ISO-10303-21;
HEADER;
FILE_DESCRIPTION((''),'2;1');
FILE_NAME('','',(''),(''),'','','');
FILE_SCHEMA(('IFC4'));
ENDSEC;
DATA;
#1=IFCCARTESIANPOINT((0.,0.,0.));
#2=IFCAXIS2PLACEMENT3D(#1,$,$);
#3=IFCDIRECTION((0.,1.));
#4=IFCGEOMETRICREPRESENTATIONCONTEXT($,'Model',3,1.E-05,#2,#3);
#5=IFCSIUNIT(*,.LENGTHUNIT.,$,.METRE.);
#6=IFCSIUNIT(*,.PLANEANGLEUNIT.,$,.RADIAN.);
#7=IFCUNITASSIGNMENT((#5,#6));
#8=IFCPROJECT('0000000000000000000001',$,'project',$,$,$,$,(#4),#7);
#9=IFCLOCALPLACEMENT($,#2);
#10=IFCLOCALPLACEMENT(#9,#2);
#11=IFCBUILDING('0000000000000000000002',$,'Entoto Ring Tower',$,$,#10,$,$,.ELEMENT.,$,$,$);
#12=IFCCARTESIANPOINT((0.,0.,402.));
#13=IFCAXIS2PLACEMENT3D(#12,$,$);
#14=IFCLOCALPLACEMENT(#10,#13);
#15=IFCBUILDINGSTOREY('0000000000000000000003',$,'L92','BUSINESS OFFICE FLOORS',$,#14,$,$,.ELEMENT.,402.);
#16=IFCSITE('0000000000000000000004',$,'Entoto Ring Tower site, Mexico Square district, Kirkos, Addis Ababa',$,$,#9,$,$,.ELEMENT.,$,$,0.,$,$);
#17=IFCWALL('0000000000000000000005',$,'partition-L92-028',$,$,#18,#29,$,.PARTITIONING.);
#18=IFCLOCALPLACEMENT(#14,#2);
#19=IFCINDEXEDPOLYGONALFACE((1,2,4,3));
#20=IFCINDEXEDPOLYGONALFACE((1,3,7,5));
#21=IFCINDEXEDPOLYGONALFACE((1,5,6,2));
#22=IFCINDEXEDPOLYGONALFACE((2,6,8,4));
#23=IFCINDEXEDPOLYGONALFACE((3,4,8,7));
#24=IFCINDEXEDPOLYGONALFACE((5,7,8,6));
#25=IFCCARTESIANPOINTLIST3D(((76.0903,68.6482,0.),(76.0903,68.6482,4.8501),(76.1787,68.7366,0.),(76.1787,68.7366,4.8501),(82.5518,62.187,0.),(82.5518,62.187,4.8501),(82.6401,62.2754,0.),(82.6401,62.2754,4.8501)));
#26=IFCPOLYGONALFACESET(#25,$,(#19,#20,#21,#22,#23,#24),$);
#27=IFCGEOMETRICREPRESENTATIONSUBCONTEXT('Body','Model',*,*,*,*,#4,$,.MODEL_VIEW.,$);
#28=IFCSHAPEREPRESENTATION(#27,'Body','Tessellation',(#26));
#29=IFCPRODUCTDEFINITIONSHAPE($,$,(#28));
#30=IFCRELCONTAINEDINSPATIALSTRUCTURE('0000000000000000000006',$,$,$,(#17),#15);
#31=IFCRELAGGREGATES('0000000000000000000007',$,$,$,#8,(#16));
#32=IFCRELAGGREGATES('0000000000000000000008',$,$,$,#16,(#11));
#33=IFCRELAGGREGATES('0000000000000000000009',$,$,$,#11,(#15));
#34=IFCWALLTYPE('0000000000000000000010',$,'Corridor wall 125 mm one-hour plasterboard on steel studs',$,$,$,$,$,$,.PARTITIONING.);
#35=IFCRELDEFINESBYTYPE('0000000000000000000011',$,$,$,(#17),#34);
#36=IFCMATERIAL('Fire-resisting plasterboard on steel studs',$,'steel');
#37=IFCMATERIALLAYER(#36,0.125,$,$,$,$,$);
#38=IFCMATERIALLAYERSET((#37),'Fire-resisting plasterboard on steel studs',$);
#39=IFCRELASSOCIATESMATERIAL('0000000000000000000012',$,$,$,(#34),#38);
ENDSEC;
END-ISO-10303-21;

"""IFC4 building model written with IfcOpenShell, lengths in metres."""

from ifc_helpers import new_model, si_unit, direction, frame, frame_2d, origin, place, context, subcontext, project, spatial, rectangle, extrude, material, layer, layer_set, type_object, element, save


model = new_model("IFC4")

# Units and contexts
model_context = context("Model", 3, precision=1e-05, world=origin(), true_north=direction((0.0, 1.0)))
body_context = subcontext(model_context, "Body", "Model", "MODEL_VIEW")
ifc_project = project(units=[si_unit("LENGTHUNIT", "METRE"), si_unit("PLANEANGLEUNIT", "RADIAN")], contexts=[model_context])

# Site, building, storey
site_placement = place(None, origin())
site = spatial("IfcSite", under=ifc_project, at=site_placement, Name="Entoto Ring Tower site, Mexico Square district, Kirkos, Addis Ababa", CompositionType="ELEMENT", RefElevation=0.0)
building_placement = place(site_placement, origin())
building = spatial("IfcBuilding", under=site, at=building_placement, Name="Entoto Ring Tower", CompositionType="ELEMENT")
storey_placement = place(building_placement, frame((0.0, 0.0, 402.0)))
storey = spatial("IfcBuildingStorey", under=building, at=storey_placement, Name="L92", Description="BUSINESS OFFICE FLOORS", CompositionType="ELEMENT", Elevation=402.0)

# Wall
ifc_material_1 = material(Name="Fire-resisting plasterboard on steel studs", Category="steel")
ifc_layer_1 = layer(ifc_material_1, 0.125)
ifc_layer_set_1 = layer_set([ifc_layer_1], Name="Fire-resisting plasterboard on steel studs")
wall_type_1 = type_object("IfcWallType", Name="Corridor wall 125 mm one-hour plasterboard on steel studs", PredefinedType="PARTITIONING", material=ifc_layer_set_1)
wall_1_placement = place(storey_placement, frame((82.5959, 62.2312, 0.0), z_axis=(0.0, 0.0, 1.0), x_axis=(-0.70712, 0.707093, 0.0)))
element("IfcWall", 1, at=wall_1_placement, inside=storey, type_object=wall_type_1, Name="partition-L92-028", PredefinedType="PARTITIONING", context=body_context, shape_type="SweptSolid", body=[
    extrude(rectangle(XDim=9.1377, YDim=0.125, at=frame_2d((4.5688, 0.0))), origin(), (0.0, 0.0, 1.0), 4.8501),
])

save(model, "model.ifc")
